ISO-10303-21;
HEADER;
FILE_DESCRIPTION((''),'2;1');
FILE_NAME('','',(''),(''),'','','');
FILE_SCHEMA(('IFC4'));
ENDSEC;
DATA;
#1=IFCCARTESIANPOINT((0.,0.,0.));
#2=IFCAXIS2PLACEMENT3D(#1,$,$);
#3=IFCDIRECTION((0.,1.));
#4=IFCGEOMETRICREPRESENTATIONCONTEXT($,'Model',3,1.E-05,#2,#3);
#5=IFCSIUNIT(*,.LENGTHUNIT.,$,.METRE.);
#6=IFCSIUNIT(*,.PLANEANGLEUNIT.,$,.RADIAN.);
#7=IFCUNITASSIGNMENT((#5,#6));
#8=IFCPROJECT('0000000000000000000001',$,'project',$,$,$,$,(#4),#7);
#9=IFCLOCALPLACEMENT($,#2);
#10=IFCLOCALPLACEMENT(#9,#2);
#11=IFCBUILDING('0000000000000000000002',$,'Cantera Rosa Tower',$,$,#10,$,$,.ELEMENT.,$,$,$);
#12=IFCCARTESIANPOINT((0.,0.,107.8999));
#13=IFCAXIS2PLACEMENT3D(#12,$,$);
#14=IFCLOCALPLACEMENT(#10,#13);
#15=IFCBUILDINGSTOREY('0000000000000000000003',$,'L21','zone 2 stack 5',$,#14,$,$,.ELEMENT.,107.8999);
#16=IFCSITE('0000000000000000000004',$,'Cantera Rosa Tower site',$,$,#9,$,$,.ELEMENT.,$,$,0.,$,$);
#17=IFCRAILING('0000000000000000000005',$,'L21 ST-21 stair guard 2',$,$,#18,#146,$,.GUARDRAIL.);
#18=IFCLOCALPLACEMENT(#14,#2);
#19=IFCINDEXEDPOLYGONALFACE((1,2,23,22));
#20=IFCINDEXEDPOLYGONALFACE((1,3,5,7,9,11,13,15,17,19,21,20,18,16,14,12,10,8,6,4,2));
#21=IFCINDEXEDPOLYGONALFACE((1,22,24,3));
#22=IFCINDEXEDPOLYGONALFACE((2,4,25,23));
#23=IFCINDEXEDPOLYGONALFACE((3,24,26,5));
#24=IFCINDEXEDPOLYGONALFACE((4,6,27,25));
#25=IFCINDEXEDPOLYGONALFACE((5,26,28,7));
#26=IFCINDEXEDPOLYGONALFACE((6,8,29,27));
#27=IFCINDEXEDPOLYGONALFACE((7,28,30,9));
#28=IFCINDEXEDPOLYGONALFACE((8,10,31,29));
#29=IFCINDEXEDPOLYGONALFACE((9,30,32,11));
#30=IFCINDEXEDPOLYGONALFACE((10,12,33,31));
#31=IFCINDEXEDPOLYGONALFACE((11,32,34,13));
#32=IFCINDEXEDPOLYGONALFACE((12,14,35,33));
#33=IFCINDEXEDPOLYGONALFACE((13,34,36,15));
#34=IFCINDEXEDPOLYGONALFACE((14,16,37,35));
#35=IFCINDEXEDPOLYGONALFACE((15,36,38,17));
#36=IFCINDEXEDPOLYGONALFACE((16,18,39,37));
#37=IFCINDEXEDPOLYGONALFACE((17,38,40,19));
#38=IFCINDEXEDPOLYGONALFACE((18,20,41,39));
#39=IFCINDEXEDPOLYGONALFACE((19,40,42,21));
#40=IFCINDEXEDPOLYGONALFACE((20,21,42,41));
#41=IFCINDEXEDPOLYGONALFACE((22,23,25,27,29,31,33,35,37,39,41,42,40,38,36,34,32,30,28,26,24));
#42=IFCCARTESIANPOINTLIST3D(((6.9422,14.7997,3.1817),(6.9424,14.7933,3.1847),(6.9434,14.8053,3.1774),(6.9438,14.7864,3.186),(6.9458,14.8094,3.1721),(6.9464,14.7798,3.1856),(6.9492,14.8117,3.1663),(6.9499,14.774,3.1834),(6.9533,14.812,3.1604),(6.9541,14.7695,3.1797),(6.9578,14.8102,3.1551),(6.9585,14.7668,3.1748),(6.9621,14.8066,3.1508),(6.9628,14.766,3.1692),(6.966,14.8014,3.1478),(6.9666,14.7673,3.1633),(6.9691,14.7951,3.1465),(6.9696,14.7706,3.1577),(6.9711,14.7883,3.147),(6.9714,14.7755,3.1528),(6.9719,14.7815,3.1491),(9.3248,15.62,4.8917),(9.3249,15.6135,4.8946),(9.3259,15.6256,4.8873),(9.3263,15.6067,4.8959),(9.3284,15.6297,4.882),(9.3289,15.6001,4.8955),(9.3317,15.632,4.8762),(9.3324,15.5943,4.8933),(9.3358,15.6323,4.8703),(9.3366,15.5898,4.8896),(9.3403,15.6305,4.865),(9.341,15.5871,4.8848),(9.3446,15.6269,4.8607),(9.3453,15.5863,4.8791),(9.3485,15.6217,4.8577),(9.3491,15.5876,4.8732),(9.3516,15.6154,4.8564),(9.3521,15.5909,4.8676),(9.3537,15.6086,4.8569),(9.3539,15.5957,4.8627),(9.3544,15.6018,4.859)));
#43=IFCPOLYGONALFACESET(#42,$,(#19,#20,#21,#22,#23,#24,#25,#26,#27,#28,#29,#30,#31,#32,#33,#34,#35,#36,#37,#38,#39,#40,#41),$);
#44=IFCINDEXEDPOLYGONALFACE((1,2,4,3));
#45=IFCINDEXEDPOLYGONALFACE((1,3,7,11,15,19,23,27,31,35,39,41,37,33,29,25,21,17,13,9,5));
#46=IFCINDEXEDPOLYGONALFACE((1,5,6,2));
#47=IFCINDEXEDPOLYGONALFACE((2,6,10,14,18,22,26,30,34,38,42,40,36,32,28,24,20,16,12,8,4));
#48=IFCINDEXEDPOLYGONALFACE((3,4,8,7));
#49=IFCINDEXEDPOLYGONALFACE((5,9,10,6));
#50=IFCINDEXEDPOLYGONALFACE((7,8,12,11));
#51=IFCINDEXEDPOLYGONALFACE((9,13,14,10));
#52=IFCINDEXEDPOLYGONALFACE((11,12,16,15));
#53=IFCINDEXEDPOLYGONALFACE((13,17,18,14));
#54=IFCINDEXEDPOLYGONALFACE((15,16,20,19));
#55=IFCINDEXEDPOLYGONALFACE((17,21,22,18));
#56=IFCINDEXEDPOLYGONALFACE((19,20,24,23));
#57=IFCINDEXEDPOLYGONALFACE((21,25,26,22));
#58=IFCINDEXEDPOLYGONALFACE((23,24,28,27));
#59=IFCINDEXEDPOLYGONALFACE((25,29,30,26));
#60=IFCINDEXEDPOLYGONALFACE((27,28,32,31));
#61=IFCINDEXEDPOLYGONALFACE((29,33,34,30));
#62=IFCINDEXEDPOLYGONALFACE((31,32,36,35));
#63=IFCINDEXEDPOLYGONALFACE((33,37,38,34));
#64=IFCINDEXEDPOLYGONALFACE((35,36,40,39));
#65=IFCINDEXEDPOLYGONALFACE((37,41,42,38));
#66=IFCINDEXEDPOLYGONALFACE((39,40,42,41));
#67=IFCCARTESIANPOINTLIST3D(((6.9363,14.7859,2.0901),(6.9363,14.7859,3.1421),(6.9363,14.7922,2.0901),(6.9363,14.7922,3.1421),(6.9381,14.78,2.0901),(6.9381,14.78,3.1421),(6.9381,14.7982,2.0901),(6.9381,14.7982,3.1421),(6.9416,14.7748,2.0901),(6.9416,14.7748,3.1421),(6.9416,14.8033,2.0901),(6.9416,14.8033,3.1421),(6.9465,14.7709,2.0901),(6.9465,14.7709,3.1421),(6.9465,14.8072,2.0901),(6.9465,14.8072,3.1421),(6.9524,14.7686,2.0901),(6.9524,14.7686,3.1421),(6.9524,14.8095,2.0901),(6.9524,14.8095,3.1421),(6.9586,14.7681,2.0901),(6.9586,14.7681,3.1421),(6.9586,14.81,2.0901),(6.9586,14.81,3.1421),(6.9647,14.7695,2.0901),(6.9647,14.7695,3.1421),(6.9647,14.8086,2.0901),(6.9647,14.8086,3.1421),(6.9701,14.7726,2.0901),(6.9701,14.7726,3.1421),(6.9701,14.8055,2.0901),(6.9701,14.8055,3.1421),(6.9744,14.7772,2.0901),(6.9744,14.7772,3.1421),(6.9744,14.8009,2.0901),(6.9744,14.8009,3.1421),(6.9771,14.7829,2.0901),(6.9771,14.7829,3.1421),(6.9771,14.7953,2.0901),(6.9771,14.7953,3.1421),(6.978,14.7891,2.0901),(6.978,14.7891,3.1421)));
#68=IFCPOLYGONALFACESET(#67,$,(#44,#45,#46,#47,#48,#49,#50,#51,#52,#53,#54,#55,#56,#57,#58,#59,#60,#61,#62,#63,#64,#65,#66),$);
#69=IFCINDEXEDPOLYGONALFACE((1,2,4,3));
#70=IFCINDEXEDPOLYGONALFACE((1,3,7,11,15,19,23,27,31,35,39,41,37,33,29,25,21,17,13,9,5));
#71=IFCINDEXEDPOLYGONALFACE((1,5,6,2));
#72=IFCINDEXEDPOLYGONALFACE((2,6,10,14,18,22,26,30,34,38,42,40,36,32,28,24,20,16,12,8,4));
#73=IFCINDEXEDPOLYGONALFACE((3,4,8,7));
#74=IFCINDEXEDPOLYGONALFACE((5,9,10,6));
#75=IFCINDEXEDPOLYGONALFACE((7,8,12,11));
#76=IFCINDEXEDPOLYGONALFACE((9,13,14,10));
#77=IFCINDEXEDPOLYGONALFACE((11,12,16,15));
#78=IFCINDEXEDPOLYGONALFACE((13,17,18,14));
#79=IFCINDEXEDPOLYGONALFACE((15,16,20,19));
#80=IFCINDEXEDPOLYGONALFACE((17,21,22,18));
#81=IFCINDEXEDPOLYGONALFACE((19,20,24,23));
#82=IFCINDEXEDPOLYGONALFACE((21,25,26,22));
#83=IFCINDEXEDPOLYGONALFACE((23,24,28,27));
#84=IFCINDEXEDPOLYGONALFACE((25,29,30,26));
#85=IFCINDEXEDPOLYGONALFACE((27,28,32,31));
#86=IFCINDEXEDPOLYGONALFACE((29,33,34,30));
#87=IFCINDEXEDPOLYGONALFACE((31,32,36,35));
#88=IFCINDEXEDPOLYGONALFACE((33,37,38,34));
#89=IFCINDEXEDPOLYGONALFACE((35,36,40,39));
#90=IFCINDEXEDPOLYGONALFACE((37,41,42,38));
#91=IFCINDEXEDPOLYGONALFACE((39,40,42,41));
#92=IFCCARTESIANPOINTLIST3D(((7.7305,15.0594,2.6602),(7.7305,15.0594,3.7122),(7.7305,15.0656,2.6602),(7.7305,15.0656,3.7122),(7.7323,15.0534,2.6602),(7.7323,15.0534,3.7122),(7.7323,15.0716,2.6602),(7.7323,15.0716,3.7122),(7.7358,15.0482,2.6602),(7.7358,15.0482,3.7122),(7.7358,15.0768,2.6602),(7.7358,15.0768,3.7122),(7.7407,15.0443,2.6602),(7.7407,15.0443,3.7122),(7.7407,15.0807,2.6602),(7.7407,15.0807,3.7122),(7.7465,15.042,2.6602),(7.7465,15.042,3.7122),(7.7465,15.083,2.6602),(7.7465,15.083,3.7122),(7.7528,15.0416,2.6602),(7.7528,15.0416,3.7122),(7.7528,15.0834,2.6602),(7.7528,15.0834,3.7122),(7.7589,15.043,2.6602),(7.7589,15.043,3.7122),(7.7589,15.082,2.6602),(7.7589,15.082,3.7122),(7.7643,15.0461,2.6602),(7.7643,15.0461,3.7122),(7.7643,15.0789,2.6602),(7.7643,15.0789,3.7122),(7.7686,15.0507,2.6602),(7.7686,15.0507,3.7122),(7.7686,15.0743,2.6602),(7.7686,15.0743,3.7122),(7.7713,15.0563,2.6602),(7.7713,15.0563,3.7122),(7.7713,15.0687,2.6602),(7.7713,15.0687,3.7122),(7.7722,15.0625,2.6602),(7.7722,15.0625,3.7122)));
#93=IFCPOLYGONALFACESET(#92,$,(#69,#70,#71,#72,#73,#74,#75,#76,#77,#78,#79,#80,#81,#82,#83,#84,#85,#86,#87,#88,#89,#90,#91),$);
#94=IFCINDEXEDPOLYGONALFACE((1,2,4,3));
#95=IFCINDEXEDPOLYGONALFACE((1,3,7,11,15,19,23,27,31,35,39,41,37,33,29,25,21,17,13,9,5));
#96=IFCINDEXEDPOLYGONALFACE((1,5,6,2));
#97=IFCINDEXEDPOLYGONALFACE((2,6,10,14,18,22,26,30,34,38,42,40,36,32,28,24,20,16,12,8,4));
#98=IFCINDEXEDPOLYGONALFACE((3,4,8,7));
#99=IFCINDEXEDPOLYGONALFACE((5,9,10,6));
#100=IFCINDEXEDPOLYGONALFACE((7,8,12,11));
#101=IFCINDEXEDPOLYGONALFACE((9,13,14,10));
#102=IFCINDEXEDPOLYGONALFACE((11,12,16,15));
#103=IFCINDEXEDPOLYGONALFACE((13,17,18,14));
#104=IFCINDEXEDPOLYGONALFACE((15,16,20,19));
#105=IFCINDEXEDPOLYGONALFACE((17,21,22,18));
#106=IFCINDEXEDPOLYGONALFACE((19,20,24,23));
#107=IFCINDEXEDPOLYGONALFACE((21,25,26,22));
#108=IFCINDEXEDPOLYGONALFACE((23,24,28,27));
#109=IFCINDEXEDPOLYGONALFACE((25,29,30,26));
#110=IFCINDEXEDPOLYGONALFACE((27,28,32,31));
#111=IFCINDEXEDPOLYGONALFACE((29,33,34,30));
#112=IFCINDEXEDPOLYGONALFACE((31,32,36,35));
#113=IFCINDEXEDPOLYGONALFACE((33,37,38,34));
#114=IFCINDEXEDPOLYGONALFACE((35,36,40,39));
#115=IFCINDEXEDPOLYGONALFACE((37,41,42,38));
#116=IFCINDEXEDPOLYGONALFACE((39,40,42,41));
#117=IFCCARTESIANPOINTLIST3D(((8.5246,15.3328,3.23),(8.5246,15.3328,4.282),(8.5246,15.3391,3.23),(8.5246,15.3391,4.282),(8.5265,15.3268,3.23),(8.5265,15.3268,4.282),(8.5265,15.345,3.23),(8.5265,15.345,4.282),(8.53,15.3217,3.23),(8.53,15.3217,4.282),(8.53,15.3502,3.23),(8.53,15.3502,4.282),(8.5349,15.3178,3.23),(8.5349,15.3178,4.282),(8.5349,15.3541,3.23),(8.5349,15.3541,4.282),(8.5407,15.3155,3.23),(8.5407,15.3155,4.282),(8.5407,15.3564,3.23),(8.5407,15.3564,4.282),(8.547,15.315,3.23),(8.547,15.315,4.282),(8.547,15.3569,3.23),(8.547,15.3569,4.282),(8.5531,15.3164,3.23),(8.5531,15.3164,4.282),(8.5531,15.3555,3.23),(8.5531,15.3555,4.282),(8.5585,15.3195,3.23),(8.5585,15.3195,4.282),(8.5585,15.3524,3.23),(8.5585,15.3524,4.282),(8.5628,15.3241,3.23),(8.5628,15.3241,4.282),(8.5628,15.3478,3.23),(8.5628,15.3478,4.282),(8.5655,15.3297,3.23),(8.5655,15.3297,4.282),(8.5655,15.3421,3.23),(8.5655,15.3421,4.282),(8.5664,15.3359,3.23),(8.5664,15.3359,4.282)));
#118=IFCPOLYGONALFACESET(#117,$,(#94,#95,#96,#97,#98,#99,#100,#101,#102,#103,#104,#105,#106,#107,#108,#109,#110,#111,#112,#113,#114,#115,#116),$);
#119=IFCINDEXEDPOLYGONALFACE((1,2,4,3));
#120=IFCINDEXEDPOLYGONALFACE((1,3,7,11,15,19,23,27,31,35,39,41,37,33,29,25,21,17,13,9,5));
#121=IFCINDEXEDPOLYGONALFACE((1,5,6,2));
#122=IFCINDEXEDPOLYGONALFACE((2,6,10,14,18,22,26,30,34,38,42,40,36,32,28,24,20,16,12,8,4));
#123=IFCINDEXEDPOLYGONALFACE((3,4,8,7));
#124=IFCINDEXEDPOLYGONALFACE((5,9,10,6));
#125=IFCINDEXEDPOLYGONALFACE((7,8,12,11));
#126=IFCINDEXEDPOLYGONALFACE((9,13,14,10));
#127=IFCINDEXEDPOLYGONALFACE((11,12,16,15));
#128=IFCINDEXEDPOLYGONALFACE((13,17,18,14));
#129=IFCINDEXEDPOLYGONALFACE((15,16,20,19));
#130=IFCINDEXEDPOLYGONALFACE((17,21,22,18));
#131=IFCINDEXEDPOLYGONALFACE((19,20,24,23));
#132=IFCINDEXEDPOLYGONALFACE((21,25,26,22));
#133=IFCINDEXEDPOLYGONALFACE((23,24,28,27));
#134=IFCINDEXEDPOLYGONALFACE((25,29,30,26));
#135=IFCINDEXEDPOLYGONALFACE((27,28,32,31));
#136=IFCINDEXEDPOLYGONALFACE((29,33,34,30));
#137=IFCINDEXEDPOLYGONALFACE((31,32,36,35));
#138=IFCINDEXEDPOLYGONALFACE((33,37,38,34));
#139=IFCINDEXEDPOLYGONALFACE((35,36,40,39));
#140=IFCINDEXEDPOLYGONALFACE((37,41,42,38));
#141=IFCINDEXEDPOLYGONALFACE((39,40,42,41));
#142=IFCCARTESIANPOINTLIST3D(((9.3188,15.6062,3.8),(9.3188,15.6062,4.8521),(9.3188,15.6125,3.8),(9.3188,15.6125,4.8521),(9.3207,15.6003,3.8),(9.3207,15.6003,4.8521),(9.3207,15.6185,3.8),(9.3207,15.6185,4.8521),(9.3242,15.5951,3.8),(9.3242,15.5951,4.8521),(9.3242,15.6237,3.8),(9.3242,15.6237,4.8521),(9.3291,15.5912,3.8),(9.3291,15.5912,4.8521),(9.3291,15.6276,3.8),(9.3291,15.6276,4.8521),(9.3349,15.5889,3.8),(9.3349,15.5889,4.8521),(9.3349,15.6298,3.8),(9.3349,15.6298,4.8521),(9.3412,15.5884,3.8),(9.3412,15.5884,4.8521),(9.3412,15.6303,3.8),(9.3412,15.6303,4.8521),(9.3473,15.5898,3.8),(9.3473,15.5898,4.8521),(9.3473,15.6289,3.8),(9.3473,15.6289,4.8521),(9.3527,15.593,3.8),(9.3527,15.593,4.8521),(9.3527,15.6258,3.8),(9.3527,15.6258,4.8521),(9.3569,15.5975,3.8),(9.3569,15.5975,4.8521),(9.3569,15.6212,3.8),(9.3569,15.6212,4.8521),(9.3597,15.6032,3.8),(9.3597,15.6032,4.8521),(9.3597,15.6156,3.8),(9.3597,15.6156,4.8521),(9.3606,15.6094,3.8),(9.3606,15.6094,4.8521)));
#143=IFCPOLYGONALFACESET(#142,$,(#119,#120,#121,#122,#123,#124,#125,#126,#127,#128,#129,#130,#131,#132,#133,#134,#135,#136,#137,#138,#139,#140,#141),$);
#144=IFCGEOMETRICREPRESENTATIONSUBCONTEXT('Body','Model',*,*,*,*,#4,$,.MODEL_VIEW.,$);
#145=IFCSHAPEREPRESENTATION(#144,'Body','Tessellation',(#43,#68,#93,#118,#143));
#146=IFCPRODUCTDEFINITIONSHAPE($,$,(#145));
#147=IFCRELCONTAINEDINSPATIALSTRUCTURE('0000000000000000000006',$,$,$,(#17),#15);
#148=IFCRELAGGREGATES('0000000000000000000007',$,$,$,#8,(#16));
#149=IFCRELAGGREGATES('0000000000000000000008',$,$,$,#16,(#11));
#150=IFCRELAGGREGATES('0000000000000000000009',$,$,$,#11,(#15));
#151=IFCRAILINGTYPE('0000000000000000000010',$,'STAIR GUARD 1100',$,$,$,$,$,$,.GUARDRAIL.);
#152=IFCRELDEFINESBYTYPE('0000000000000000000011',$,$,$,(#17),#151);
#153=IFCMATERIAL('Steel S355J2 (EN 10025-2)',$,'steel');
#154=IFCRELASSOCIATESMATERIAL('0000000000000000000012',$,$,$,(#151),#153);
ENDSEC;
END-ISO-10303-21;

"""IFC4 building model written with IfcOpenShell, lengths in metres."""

from ifc_helpers import new_model, si_unit, direction, frame, origin, origin_2d, place, context, subcontext, project, spatial, circle, extrude, material, type_object, element, save


model = new_model("IFC4")

# Units and contexts
model_context = context("Model", 3, precision=1e-05, world=origin(), true_north=direction((0.0, 1.0)))
body_context = subcontext(model_context, "Body", "Model", "MODEL_VIEW")
ifc_project = project(units=[si_unit("LENGTHUNIT", "METRE"), si_unit("PLANEANGLEUNIT", "RADIAN")], contexts=[model_context])

# Site, building, storey
site_placement = place(None, origin())
site = spatial("IfcSite", under=ifc_project, at=site_placement, Name="Cantera Rosa Tower site", CompositionType="ELEMENT", RefElevation=0.0)
building_placement = place(site_placement, origin())
building = spatial("IfcBuilding", under=site, at=building_placement, Name="Cantera Rosa Tower", CompositionType="ELEMENT")
storey_placement = place(building_placement, frame((0.0, 0.0, 107.8999)))
storey = spatial("IfcBuildingStorey", under=building, at=storey_placement, Name="L21", Description="zone 2 stack 5", CompositionType="ELEMENT", Elevation=107.8999)

# Railing
ifc_material_1 = material(Name="Steel S355J2 (EN 10025-2)", Category="steel")
railing_type_1 = type_object("IfcRailingType", Name="STAIR GUARD 1100", PredefinedType="GUARDRAIL", material=ifc_material_1)
railing_1_placement = place(storey_placement, frame((6.957, 14.7891, 2.0901)))
element("IfcRailing", 1, at=railing_1_placement, inside=storey, type_object=railing_type_1, Name="L21 ST-21 stair guard 2", PredefinedType="GUARDRAIL", context=body_context, shape_type="SweptSolid", body=[
    extrude(circle(Radius=0.0239, at=origin_2d()), frame((0.0, 0.0, 1.0762), z_axis=(0.78239, 0.269375, 0.561519), x_axis=(-0.325543, 0.945527, 0.0)), (0.0, 0.0, 1.0), 3.0452),
    extrude(circle(Radius=0.021, at=origin_2d()), origin(), (0.0, 0.0, 1.0), 1.052),
    extrude(circle(Radius=0.021, at=origin_2d()), frame((0.7942, 0.2734, 0.5701)), (0.0, 0.0, 1.0), 1.052),
    extrude(circle(Radius=0.021, at=origin_2d()), frame((1.5884, 0.5469, 1.1399)), (0.0, 0.0, 1.0), 1.052),
    extrude(circle(Radius=0.021, at=origin_2d()), frame((2.3826, 0.8203, 1.71)), (0.0, 0.0, 1.0), 1.052),
])

save(model, "model.ifc")
